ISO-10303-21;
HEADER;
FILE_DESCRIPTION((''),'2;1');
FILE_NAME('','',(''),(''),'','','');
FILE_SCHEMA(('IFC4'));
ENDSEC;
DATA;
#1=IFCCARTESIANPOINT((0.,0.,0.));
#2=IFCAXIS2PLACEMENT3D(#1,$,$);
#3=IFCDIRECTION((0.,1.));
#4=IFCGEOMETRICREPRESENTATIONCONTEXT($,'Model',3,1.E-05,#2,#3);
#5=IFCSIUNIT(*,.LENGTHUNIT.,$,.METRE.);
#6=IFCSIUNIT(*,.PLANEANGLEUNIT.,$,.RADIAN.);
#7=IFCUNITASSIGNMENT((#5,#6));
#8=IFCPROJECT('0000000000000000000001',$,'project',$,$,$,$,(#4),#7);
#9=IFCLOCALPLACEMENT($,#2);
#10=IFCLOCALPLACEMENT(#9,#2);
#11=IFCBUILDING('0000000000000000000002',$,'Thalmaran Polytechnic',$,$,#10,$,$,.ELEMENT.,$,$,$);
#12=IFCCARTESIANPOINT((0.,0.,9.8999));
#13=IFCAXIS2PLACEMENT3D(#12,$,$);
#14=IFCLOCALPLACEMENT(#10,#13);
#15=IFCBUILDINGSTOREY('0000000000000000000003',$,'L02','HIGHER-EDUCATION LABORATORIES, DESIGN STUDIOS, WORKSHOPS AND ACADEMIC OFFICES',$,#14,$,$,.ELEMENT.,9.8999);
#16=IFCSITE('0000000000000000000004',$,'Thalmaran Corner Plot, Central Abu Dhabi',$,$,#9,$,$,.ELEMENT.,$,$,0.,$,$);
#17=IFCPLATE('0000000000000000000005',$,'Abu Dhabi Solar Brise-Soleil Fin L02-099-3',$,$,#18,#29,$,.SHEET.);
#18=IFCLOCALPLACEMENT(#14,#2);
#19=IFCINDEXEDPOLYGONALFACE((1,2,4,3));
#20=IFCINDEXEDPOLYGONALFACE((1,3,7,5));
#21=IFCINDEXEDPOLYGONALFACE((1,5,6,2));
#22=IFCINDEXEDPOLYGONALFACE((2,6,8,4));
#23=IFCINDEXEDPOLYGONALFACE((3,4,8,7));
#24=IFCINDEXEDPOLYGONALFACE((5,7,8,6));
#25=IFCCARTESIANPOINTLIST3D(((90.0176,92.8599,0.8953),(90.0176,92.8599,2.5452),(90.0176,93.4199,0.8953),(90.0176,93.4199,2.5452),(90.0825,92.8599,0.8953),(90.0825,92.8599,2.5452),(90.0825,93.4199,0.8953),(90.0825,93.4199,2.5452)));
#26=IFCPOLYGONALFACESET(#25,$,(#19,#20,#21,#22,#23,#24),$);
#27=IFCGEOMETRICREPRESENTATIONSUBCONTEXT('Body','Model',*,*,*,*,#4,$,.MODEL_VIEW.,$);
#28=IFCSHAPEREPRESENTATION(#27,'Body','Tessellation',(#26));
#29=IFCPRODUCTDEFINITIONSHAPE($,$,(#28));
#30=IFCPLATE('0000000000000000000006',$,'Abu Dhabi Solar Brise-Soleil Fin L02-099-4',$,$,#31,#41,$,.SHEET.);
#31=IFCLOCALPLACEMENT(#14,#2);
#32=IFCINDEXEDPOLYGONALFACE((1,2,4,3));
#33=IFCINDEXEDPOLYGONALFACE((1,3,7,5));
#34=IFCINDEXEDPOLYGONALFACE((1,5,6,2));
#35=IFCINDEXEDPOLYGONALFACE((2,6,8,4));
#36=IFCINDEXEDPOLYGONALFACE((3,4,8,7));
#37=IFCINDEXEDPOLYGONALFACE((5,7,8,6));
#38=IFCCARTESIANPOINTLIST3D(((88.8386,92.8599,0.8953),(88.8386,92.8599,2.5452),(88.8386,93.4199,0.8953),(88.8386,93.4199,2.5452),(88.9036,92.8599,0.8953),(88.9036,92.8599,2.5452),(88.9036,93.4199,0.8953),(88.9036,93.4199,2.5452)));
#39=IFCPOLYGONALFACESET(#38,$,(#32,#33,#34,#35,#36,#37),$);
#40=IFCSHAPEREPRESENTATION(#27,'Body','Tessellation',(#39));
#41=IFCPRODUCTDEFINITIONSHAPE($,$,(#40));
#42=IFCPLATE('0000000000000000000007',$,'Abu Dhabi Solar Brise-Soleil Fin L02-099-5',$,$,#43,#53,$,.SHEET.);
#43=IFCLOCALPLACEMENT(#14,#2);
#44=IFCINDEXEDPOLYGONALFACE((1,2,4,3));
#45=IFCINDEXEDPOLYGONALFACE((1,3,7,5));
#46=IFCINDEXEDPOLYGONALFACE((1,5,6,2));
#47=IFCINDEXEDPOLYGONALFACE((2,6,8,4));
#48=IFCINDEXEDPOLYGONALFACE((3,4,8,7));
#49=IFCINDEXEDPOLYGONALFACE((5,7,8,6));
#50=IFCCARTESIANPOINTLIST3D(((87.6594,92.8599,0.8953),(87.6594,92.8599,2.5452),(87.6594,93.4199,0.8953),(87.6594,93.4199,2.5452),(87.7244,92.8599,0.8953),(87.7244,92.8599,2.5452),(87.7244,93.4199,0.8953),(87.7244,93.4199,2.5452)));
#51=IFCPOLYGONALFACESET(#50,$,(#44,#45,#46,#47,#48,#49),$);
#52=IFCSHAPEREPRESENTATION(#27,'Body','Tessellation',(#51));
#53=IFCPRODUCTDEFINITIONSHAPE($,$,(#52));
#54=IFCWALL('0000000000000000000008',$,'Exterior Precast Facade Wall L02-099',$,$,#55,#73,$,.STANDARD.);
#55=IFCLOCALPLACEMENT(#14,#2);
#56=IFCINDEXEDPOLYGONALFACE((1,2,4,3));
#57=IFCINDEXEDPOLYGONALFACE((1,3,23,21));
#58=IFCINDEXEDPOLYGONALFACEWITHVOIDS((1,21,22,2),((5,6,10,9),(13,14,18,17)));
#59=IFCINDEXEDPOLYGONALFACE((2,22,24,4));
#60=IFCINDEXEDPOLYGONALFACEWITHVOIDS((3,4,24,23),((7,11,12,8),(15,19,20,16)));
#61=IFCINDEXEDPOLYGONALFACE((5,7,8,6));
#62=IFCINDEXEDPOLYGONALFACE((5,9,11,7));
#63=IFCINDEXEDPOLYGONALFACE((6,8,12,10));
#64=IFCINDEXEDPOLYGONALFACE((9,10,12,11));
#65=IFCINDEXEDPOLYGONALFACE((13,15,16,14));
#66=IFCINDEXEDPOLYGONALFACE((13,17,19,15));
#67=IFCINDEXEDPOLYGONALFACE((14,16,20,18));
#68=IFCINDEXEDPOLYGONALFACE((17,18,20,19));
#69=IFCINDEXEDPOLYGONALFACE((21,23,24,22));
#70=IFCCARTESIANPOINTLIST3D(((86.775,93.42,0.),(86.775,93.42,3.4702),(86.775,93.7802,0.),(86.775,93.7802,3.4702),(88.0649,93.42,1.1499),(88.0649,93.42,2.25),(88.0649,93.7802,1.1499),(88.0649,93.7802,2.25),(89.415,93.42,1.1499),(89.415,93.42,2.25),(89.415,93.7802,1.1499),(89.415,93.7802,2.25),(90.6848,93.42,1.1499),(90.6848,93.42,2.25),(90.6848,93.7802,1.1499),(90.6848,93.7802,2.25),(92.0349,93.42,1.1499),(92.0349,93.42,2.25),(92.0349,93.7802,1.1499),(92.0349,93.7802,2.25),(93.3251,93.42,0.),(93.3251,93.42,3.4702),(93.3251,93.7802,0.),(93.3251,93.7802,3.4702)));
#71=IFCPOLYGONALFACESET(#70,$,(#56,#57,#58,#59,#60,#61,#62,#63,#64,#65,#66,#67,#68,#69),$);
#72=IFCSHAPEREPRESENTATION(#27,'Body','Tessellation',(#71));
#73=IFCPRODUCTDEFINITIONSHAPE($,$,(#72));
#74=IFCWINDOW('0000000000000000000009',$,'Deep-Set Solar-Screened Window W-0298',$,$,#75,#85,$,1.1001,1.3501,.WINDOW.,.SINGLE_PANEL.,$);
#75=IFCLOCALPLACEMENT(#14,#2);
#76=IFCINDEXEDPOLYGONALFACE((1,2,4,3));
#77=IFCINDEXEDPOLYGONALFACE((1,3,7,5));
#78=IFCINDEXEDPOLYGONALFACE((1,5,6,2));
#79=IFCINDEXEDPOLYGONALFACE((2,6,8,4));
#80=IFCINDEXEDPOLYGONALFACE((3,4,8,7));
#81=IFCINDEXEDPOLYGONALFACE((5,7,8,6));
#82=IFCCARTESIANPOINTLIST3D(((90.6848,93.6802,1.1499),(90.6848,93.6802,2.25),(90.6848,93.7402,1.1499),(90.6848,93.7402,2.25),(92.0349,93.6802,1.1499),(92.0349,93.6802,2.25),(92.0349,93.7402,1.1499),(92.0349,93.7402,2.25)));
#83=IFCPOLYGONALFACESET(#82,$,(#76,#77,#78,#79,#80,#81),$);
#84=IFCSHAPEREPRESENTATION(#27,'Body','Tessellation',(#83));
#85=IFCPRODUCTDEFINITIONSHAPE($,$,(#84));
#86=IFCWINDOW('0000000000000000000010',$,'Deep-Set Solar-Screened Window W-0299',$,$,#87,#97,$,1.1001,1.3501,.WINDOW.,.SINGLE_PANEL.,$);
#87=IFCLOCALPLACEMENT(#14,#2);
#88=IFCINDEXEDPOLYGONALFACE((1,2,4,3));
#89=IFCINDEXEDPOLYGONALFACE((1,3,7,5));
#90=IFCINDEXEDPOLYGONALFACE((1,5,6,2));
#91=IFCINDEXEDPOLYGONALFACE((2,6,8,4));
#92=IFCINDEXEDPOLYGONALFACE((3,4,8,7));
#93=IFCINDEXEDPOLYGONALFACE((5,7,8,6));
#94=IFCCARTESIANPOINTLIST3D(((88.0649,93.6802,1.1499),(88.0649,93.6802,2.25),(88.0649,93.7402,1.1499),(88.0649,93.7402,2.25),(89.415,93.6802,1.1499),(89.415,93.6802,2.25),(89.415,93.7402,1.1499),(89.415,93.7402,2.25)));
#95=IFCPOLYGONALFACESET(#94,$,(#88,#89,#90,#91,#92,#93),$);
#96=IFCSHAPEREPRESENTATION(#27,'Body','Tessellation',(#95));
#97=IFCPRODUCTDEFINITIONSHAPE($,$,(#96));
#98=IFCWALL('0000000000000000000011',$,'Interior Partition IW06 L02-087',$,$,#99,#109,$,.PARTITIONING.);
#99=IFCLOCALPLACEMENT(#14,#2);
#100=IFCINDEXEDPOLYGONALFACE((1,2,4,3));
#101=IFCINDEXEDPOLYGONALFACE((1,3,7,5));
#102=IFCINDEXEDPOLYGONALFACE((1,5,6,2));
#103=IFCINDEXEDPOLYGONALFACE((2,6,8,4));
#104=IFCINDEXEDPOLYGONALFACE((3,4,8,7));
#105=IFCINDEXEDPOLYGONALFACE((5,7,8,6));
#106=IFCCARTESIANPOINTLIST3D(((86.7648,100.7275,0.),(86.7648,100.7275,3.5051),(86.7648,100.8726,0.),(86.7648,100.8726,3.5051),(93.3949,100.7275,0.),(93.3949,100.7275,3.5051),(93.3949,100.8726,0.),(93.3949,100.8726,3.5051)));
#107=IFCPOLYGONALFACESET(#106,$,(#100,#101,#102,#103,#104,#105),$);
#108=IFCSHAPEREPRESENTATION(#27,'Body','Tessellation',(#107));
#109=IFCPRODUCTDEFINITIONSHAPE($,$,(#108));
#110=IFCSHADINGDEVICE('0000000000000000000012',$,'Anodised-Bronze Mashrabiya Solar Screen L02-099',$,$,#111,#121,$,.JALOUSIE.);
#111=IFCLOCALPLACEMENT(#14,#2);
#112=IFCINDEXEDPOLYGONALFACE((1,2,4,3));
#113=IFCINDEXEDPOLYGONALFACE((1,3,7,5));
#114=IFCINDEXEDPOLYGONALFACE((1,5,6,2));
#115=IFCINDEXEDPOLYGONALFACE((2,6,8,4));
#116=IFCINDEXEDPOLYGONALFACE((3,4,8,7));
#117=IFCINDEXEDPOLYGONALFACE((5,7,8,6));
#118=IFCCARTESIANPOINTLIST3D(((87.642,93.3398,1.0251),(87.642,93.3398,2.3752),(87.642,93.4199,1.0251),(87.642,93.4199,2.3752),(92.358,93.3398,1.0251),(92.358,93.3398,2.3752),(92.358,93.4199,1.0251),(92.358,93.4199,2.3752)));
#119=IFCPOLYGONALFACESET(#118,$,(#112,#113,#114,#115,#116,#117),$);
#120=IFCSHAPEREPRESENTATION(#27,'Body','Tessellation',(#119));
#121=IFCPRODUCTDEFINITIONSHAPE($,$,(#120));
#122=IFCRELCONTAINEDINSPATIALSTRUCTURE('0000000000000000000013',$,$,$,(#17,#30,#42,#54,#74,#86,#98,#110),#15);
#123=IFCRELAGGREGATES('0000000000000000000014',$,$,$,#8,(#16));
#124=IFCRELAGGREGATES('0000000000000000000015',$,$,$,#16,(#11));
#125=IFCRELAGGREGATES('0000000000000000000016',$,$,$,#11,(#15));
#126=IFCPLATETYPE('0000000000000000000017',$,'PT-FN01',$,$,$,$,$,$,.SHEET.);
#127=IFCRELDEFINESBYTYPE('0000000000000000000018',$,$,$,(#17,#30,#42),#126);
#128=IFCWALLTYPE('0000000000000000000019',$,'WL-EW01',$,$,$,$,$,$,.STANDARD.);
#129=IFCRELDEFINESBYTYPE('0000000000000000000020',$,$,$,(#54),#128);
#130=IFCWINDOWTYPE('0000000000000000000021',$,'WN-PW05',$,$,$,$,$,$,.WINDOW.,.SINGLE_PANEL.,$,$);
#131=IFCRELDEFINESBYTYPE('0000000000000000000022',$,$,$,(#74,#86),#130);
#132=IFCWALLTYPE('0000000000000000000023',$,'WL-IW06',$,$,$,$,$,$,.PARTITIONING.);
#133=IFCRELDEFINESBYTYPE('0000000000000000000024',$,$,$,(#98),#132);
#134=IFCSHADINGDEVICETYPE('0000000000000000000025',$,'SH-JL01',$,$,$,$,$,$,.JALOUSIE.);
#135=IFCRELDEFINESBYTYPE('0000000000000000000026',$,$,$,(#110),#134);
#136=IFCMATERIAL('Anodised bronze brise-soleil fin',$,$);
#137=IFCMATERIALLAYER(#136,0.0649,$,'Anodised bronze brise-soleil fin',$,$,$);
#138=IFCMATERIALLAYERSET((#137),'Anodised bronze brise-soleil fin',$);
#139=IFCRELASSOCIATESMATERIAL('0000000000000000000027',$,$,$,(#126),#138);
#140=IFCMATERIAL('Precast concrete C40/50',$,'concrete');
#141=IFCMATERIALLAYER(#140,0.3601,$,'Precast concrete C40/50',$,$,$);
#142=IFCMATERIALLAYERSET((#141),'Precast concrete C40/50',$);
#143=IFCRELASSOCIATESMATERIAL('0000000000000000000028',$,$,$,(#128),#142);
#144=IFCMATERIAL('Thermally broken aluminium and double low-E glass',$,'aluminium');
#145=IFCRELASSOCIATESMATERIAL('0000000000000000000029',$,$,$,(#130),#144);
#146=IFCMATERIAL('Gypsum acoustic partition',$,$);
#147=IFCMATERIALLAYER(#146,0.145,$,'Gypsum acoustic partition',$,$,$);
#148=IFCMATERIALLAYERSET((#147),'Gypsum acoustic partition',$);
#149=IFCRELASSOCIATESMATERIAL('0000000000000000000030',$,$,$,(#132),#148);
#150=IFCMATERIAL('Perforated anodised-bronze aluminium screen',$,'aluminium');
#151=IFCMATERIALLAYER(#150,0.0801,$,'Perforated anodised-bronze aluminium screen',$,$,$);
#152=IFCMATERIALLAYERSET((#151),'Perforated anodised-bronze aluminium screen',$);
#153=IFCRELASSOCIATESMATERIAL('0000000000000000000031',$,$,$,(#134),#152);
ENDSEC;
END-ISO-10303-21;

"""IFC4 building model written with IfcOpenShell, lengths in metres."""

from ifc_helpers import new_model, si_unit, direction, frame, frame_2d, origin, origin_2d, place, context, subcontext, project, spatial, rectangle, extrude, material, layer, layer_set, type_object, element, fill, save


model = new_model("IFC4")

# Units and contexts
model_context = context("Model", 3, precision=1e-05, world=origin(), true_north=direction((0.0, 1.0)))
body_context = subcontext(model_context, "Body", "Model", "MODEL_VIEW")
ifc_project = project(units=[si_unit("LENGTHUNIT", "METRE"), si_unit("PLANEANGLEUNIT", "RADIAN")], contexts=[model_context])

# Site, building, storey
site_placement = place(None, origin())
site = spatial("IfcSite", under=ifc_project, at=site_placement, Name="Thalmaran Corner Plot, Central Abu Dhabi", CompositionType="ELEMENT", RefElevation=0.0)
building_placement = place(site_placement, origin())
building = spatial("IfcBuilding", under=site, at=building_placement, Name="Thalmaran Polytechnic", CompositionType="ELEMENT")
storey_placement = place(building_placement, frame((0.0, 0.0, 9.8999)))
storey = spatial("IfcBuildingStorey", under=building, at=storey_placement, Name="L02", Description="HIGHER-EDUCATION LABORATORIES, DESIGN STUDIOS, WORKSHOPS AND ACADEMIC OFFICES", CompositionType="ELEMENT", Elevation=9.8999)

# Plates
ifc_material_1 = material(Name="Anodised bronze brise-soleil fin")
ifc_layer_1 = layer(ifc_material_1, 0.0649, Name="Anodised bronze brise-soleil fin")
ifc_layer_set_1 = layer_set([ifc_layer_1], Name="Anodised bronze brise-soleil fin")
plate_type_1 = type_object("IfcPlateType", Name="PT-FN01", PredefinedType="SHEET", material=ifc_layer_set_1)
for number, where, z_axis, x_axis, name in (
    (1, (90.05, 93.1399, 0.8953), (0.0, 0.0, 1.0), (-1.0, 0.0, 0.0), "Abu Dhabi Solar Brise-Soleil Fin L02-099-3"),
    (2, (88.8711, 93.1399, 0.8953), (0.0, 0.0, 1.0), (-1.0, 0.0, 0.0), "Abu Dhabi Solar Brise-Soleil Fin L02-099-4"),
    (3, (87.6919, 93.1399, 0.8953), (0.0, 0.0, 1.0), (-1.0, 0.0, 0.0), "Abu Dhabi Solar Brise-Soleil Fin L02-099-5"),
):
    element("IfcPlate", number, at=place(storey_placement, frame(where, z_axis=z_axis, x_axis=x_axis)), inside=storey, type_object=plate_type_1, Name=name, PredefinedType="SHEET", context=body_context, shape_type="SweptSolid", body=[
        extrude(rectangle(XDim=0.0649, YDim=0.5601, at=origin_2d()), origin(), (0.0, 0.0, 1.0), 1.6499),
    ])

# Wall, openings, windows
ifc_material_2 = material(Name="Precast concrete C40/50", Category="concrete")
ifc_layer_2 = layer(ifc_material_2, 0.3601, Name="Precast concrete C40/50")
ifc_layer_set_2 = layer_set([ifc_layer_2], Name="Precast concrete C40/50")
wall_type_1 = type_object("IfcWallType", Name="WL-EW01", PredefinedType="STANDARD", material=ifc_layer_set_2)
wall_1_placement = place(storey_placement, frame((93.325, 93.6001, 0.0), z_axis=(0.0, 0.0, 1.0), x_axis=(-1.0, 0.0, 0.0)))
wall_1 = element("IfcWall", 4, at=wall_1_placement, inside=storey, type_object=wall_type_1, Name="Exterior Precast Facade Wall L02-099", PredefinedType="STANDARD", context=body_context, shape_type="SweptSolid", body=[
    extrude(rectangle(XDim=6.55, YDim=0.3601, at=frame_2d((3.2749, 0.0))), origin(), (0.0, 0.0, 1.0), 3.4702),
])
opening_1_placement = place(wall_1_placement, frame((1.29, 0.0, 1.1499)))
opening_1 = element("IfcOpeningElement", 5, at=opening_1_placement, cuts=wall_1, PredefinedType="OPENING", context=body_context, shape_type="SweptSolid", body=[
    extrude(rectangle(XDim=1.3501, YDim=1.1001, at=frame_2d((0.675, 0.55))), frame((0.0, 0.1899, 0.0), z_axis=(0.0, -1.0, 0.0), x_axis=(1.0, 0.0, 0.0)), (0.0, 0.0, 1.0), 0.3801),
])
opening_2_placement = place(wall_1_placement, frame((3.9099, 0.0, 1.1499)))
opening_2 = element("IfcOpeningElement", 6, at=opening_2_placement, cuts=wall_1, PredefinedType="OPENING", context=body_context, shape_type="SweptSolid", body=[
    extrude(rectangle(XDim=1.3501, YDim=1.1001, at=frame_2d((0.675, 0.55))), frame((0.0, 0.1899, 0.0), z_axis=(0.0, -1.0, 0.0), x_axis=(1.0, 0.0, 0.0)), (0.0, 0.0, 1.0), 0.3801),
])
ifc_material_3 = material(Name="Thermally broken aluminium and double low-E glass", Category="aluminium")
window_type = type_object("IfcWindowType", Name="WN-PW05", PartitioningType="SINGLE_PANEL", PredefinedType="WINDOW", material=ifc_material_3)
window_1_placement = place(opening_1_placement, origin())
window_1 = element("IfcWindow", 7, at=window_1_placement, inside=storey, type_object=window_type, Name="Deep-Set Solar-Screened Window W-0298", OverallHeight=1.1001, OverallWidth=1.3501, PartitioningType="SINGLE_PANEL", PredefinedType="WINDOW", context=body_context, shape_type="SweptSolid", body=[
    extrude(rectangle(XDim=1.3501, YDim=1.1001, at=frame_2d((0.675, 0.55))), frame((0.0, -0.0801, 0.0), z_axis=(0.0, -1.0, 0.0), x_axis=(1.0, 0.0, 0.0)), (0.0, 0.0, 1.0), 0.0601),
])
fill(opening_1, window_1)
window_2_placement = place(opening_2_placement, origin())
window_2 = element("IfcWindow", 8, at=window_2_placement, inside=storey, type_object=window_type, Name="Deep-Set Solar-Screened Window W-0299", OverallHeight=1.1001, OverallWidth=1.3501, PartitioningType="SINGLE_PANEL", PredefinedType="WINDOW", context=body_context, shape_type="SweptSolid", body=[
    extrude(rectangle(XDim=1.3501, YDim=1.1001, at=frame_2d((0.675, 0.55))), frame((0.0, -0.0801, 0.0), z_axis=(0.0, -1.0, 0.0), x_axis=(1.0, 0.0, 0.0)), (0.0, 0.0, 1.0), 0.0601),
])
fill(opening_2, window_2)

# Wall
ifc_material_4 = material(Name="Gypsum acoustic partition")
ifc_layer_3 = layer(ifc_material_4, 0.145, Name="Gypsum acoustic partition")
ifc_layer_set_3 = layer_set([ifc_layer_3], Name="Gypsum acoustic partition")
wall_type_2 = type_object("IfcWallType", Name="WL-IW06", PredefinedType="PARTITIONING", material=ifc_layer_set_3)
wall_2_placement = place(storey_placement, frame((86.7649, 100.8, 0.0), z_axis=(0.0, 0.0, 1.0), x_axis=(1.0, 0.0, 0.0)))
element("IfcWall", 9, at=wall_2_placement, inside=storey, type_object=wall_type_2, Name="Interior Partition IW06 L02-087", PredefinedType="PARTITIONING", context=body_context, shape_type="SweptSolid", body=[
    extrude(rectangle(XDim=6.6301, YDim=0.145, at=frame_2d((3.3149, 0.0))), origin(), (0.0, 0.0, 1.0), 3.5051),
])

# Shading device
ifc_material_5 = material(Name="Perforated anodised-bronze aluminium screen", Category="aluminium")
ifc_layer_4 = layer(ifc_material_5, 0.0801, Name="Perforated anodised-bronze aluminium screen")
ifc_layer_set_4 = layer_set([ifc_layer_4], Name="Perforated anodised-bronze aluminium screen")
shading_device_type = type_object("IfcShadingDeviceType", Name="SH-JL01", PredefinedType="JALOUSIE", material=ifc_layer_set_4)
shading_device_placement = place(storey_placement, frame((90.0, 93.3799, 1.0251), z_axis=(0.0, 0.0, 1.0), x_axis=(-1.0, 0.0, 0.0)))
element("IfcShadingDevice", 10, at=shading_device_placement, inside=storey, type_object=shading_device_type, Name="Anodised-Bronze Mashrabiya Solar Screen L02-099", PredefinedType="JALOUSIE", context=body_context, shape_type="SweptSolid", body=[
    extrude(rectangle(XDim=4.7161, YDim=0.0801, at=origin_2d()), origin(), (0.0, 0.0, 1.0), 1.3501),
])

save(model, "model.ifc")
